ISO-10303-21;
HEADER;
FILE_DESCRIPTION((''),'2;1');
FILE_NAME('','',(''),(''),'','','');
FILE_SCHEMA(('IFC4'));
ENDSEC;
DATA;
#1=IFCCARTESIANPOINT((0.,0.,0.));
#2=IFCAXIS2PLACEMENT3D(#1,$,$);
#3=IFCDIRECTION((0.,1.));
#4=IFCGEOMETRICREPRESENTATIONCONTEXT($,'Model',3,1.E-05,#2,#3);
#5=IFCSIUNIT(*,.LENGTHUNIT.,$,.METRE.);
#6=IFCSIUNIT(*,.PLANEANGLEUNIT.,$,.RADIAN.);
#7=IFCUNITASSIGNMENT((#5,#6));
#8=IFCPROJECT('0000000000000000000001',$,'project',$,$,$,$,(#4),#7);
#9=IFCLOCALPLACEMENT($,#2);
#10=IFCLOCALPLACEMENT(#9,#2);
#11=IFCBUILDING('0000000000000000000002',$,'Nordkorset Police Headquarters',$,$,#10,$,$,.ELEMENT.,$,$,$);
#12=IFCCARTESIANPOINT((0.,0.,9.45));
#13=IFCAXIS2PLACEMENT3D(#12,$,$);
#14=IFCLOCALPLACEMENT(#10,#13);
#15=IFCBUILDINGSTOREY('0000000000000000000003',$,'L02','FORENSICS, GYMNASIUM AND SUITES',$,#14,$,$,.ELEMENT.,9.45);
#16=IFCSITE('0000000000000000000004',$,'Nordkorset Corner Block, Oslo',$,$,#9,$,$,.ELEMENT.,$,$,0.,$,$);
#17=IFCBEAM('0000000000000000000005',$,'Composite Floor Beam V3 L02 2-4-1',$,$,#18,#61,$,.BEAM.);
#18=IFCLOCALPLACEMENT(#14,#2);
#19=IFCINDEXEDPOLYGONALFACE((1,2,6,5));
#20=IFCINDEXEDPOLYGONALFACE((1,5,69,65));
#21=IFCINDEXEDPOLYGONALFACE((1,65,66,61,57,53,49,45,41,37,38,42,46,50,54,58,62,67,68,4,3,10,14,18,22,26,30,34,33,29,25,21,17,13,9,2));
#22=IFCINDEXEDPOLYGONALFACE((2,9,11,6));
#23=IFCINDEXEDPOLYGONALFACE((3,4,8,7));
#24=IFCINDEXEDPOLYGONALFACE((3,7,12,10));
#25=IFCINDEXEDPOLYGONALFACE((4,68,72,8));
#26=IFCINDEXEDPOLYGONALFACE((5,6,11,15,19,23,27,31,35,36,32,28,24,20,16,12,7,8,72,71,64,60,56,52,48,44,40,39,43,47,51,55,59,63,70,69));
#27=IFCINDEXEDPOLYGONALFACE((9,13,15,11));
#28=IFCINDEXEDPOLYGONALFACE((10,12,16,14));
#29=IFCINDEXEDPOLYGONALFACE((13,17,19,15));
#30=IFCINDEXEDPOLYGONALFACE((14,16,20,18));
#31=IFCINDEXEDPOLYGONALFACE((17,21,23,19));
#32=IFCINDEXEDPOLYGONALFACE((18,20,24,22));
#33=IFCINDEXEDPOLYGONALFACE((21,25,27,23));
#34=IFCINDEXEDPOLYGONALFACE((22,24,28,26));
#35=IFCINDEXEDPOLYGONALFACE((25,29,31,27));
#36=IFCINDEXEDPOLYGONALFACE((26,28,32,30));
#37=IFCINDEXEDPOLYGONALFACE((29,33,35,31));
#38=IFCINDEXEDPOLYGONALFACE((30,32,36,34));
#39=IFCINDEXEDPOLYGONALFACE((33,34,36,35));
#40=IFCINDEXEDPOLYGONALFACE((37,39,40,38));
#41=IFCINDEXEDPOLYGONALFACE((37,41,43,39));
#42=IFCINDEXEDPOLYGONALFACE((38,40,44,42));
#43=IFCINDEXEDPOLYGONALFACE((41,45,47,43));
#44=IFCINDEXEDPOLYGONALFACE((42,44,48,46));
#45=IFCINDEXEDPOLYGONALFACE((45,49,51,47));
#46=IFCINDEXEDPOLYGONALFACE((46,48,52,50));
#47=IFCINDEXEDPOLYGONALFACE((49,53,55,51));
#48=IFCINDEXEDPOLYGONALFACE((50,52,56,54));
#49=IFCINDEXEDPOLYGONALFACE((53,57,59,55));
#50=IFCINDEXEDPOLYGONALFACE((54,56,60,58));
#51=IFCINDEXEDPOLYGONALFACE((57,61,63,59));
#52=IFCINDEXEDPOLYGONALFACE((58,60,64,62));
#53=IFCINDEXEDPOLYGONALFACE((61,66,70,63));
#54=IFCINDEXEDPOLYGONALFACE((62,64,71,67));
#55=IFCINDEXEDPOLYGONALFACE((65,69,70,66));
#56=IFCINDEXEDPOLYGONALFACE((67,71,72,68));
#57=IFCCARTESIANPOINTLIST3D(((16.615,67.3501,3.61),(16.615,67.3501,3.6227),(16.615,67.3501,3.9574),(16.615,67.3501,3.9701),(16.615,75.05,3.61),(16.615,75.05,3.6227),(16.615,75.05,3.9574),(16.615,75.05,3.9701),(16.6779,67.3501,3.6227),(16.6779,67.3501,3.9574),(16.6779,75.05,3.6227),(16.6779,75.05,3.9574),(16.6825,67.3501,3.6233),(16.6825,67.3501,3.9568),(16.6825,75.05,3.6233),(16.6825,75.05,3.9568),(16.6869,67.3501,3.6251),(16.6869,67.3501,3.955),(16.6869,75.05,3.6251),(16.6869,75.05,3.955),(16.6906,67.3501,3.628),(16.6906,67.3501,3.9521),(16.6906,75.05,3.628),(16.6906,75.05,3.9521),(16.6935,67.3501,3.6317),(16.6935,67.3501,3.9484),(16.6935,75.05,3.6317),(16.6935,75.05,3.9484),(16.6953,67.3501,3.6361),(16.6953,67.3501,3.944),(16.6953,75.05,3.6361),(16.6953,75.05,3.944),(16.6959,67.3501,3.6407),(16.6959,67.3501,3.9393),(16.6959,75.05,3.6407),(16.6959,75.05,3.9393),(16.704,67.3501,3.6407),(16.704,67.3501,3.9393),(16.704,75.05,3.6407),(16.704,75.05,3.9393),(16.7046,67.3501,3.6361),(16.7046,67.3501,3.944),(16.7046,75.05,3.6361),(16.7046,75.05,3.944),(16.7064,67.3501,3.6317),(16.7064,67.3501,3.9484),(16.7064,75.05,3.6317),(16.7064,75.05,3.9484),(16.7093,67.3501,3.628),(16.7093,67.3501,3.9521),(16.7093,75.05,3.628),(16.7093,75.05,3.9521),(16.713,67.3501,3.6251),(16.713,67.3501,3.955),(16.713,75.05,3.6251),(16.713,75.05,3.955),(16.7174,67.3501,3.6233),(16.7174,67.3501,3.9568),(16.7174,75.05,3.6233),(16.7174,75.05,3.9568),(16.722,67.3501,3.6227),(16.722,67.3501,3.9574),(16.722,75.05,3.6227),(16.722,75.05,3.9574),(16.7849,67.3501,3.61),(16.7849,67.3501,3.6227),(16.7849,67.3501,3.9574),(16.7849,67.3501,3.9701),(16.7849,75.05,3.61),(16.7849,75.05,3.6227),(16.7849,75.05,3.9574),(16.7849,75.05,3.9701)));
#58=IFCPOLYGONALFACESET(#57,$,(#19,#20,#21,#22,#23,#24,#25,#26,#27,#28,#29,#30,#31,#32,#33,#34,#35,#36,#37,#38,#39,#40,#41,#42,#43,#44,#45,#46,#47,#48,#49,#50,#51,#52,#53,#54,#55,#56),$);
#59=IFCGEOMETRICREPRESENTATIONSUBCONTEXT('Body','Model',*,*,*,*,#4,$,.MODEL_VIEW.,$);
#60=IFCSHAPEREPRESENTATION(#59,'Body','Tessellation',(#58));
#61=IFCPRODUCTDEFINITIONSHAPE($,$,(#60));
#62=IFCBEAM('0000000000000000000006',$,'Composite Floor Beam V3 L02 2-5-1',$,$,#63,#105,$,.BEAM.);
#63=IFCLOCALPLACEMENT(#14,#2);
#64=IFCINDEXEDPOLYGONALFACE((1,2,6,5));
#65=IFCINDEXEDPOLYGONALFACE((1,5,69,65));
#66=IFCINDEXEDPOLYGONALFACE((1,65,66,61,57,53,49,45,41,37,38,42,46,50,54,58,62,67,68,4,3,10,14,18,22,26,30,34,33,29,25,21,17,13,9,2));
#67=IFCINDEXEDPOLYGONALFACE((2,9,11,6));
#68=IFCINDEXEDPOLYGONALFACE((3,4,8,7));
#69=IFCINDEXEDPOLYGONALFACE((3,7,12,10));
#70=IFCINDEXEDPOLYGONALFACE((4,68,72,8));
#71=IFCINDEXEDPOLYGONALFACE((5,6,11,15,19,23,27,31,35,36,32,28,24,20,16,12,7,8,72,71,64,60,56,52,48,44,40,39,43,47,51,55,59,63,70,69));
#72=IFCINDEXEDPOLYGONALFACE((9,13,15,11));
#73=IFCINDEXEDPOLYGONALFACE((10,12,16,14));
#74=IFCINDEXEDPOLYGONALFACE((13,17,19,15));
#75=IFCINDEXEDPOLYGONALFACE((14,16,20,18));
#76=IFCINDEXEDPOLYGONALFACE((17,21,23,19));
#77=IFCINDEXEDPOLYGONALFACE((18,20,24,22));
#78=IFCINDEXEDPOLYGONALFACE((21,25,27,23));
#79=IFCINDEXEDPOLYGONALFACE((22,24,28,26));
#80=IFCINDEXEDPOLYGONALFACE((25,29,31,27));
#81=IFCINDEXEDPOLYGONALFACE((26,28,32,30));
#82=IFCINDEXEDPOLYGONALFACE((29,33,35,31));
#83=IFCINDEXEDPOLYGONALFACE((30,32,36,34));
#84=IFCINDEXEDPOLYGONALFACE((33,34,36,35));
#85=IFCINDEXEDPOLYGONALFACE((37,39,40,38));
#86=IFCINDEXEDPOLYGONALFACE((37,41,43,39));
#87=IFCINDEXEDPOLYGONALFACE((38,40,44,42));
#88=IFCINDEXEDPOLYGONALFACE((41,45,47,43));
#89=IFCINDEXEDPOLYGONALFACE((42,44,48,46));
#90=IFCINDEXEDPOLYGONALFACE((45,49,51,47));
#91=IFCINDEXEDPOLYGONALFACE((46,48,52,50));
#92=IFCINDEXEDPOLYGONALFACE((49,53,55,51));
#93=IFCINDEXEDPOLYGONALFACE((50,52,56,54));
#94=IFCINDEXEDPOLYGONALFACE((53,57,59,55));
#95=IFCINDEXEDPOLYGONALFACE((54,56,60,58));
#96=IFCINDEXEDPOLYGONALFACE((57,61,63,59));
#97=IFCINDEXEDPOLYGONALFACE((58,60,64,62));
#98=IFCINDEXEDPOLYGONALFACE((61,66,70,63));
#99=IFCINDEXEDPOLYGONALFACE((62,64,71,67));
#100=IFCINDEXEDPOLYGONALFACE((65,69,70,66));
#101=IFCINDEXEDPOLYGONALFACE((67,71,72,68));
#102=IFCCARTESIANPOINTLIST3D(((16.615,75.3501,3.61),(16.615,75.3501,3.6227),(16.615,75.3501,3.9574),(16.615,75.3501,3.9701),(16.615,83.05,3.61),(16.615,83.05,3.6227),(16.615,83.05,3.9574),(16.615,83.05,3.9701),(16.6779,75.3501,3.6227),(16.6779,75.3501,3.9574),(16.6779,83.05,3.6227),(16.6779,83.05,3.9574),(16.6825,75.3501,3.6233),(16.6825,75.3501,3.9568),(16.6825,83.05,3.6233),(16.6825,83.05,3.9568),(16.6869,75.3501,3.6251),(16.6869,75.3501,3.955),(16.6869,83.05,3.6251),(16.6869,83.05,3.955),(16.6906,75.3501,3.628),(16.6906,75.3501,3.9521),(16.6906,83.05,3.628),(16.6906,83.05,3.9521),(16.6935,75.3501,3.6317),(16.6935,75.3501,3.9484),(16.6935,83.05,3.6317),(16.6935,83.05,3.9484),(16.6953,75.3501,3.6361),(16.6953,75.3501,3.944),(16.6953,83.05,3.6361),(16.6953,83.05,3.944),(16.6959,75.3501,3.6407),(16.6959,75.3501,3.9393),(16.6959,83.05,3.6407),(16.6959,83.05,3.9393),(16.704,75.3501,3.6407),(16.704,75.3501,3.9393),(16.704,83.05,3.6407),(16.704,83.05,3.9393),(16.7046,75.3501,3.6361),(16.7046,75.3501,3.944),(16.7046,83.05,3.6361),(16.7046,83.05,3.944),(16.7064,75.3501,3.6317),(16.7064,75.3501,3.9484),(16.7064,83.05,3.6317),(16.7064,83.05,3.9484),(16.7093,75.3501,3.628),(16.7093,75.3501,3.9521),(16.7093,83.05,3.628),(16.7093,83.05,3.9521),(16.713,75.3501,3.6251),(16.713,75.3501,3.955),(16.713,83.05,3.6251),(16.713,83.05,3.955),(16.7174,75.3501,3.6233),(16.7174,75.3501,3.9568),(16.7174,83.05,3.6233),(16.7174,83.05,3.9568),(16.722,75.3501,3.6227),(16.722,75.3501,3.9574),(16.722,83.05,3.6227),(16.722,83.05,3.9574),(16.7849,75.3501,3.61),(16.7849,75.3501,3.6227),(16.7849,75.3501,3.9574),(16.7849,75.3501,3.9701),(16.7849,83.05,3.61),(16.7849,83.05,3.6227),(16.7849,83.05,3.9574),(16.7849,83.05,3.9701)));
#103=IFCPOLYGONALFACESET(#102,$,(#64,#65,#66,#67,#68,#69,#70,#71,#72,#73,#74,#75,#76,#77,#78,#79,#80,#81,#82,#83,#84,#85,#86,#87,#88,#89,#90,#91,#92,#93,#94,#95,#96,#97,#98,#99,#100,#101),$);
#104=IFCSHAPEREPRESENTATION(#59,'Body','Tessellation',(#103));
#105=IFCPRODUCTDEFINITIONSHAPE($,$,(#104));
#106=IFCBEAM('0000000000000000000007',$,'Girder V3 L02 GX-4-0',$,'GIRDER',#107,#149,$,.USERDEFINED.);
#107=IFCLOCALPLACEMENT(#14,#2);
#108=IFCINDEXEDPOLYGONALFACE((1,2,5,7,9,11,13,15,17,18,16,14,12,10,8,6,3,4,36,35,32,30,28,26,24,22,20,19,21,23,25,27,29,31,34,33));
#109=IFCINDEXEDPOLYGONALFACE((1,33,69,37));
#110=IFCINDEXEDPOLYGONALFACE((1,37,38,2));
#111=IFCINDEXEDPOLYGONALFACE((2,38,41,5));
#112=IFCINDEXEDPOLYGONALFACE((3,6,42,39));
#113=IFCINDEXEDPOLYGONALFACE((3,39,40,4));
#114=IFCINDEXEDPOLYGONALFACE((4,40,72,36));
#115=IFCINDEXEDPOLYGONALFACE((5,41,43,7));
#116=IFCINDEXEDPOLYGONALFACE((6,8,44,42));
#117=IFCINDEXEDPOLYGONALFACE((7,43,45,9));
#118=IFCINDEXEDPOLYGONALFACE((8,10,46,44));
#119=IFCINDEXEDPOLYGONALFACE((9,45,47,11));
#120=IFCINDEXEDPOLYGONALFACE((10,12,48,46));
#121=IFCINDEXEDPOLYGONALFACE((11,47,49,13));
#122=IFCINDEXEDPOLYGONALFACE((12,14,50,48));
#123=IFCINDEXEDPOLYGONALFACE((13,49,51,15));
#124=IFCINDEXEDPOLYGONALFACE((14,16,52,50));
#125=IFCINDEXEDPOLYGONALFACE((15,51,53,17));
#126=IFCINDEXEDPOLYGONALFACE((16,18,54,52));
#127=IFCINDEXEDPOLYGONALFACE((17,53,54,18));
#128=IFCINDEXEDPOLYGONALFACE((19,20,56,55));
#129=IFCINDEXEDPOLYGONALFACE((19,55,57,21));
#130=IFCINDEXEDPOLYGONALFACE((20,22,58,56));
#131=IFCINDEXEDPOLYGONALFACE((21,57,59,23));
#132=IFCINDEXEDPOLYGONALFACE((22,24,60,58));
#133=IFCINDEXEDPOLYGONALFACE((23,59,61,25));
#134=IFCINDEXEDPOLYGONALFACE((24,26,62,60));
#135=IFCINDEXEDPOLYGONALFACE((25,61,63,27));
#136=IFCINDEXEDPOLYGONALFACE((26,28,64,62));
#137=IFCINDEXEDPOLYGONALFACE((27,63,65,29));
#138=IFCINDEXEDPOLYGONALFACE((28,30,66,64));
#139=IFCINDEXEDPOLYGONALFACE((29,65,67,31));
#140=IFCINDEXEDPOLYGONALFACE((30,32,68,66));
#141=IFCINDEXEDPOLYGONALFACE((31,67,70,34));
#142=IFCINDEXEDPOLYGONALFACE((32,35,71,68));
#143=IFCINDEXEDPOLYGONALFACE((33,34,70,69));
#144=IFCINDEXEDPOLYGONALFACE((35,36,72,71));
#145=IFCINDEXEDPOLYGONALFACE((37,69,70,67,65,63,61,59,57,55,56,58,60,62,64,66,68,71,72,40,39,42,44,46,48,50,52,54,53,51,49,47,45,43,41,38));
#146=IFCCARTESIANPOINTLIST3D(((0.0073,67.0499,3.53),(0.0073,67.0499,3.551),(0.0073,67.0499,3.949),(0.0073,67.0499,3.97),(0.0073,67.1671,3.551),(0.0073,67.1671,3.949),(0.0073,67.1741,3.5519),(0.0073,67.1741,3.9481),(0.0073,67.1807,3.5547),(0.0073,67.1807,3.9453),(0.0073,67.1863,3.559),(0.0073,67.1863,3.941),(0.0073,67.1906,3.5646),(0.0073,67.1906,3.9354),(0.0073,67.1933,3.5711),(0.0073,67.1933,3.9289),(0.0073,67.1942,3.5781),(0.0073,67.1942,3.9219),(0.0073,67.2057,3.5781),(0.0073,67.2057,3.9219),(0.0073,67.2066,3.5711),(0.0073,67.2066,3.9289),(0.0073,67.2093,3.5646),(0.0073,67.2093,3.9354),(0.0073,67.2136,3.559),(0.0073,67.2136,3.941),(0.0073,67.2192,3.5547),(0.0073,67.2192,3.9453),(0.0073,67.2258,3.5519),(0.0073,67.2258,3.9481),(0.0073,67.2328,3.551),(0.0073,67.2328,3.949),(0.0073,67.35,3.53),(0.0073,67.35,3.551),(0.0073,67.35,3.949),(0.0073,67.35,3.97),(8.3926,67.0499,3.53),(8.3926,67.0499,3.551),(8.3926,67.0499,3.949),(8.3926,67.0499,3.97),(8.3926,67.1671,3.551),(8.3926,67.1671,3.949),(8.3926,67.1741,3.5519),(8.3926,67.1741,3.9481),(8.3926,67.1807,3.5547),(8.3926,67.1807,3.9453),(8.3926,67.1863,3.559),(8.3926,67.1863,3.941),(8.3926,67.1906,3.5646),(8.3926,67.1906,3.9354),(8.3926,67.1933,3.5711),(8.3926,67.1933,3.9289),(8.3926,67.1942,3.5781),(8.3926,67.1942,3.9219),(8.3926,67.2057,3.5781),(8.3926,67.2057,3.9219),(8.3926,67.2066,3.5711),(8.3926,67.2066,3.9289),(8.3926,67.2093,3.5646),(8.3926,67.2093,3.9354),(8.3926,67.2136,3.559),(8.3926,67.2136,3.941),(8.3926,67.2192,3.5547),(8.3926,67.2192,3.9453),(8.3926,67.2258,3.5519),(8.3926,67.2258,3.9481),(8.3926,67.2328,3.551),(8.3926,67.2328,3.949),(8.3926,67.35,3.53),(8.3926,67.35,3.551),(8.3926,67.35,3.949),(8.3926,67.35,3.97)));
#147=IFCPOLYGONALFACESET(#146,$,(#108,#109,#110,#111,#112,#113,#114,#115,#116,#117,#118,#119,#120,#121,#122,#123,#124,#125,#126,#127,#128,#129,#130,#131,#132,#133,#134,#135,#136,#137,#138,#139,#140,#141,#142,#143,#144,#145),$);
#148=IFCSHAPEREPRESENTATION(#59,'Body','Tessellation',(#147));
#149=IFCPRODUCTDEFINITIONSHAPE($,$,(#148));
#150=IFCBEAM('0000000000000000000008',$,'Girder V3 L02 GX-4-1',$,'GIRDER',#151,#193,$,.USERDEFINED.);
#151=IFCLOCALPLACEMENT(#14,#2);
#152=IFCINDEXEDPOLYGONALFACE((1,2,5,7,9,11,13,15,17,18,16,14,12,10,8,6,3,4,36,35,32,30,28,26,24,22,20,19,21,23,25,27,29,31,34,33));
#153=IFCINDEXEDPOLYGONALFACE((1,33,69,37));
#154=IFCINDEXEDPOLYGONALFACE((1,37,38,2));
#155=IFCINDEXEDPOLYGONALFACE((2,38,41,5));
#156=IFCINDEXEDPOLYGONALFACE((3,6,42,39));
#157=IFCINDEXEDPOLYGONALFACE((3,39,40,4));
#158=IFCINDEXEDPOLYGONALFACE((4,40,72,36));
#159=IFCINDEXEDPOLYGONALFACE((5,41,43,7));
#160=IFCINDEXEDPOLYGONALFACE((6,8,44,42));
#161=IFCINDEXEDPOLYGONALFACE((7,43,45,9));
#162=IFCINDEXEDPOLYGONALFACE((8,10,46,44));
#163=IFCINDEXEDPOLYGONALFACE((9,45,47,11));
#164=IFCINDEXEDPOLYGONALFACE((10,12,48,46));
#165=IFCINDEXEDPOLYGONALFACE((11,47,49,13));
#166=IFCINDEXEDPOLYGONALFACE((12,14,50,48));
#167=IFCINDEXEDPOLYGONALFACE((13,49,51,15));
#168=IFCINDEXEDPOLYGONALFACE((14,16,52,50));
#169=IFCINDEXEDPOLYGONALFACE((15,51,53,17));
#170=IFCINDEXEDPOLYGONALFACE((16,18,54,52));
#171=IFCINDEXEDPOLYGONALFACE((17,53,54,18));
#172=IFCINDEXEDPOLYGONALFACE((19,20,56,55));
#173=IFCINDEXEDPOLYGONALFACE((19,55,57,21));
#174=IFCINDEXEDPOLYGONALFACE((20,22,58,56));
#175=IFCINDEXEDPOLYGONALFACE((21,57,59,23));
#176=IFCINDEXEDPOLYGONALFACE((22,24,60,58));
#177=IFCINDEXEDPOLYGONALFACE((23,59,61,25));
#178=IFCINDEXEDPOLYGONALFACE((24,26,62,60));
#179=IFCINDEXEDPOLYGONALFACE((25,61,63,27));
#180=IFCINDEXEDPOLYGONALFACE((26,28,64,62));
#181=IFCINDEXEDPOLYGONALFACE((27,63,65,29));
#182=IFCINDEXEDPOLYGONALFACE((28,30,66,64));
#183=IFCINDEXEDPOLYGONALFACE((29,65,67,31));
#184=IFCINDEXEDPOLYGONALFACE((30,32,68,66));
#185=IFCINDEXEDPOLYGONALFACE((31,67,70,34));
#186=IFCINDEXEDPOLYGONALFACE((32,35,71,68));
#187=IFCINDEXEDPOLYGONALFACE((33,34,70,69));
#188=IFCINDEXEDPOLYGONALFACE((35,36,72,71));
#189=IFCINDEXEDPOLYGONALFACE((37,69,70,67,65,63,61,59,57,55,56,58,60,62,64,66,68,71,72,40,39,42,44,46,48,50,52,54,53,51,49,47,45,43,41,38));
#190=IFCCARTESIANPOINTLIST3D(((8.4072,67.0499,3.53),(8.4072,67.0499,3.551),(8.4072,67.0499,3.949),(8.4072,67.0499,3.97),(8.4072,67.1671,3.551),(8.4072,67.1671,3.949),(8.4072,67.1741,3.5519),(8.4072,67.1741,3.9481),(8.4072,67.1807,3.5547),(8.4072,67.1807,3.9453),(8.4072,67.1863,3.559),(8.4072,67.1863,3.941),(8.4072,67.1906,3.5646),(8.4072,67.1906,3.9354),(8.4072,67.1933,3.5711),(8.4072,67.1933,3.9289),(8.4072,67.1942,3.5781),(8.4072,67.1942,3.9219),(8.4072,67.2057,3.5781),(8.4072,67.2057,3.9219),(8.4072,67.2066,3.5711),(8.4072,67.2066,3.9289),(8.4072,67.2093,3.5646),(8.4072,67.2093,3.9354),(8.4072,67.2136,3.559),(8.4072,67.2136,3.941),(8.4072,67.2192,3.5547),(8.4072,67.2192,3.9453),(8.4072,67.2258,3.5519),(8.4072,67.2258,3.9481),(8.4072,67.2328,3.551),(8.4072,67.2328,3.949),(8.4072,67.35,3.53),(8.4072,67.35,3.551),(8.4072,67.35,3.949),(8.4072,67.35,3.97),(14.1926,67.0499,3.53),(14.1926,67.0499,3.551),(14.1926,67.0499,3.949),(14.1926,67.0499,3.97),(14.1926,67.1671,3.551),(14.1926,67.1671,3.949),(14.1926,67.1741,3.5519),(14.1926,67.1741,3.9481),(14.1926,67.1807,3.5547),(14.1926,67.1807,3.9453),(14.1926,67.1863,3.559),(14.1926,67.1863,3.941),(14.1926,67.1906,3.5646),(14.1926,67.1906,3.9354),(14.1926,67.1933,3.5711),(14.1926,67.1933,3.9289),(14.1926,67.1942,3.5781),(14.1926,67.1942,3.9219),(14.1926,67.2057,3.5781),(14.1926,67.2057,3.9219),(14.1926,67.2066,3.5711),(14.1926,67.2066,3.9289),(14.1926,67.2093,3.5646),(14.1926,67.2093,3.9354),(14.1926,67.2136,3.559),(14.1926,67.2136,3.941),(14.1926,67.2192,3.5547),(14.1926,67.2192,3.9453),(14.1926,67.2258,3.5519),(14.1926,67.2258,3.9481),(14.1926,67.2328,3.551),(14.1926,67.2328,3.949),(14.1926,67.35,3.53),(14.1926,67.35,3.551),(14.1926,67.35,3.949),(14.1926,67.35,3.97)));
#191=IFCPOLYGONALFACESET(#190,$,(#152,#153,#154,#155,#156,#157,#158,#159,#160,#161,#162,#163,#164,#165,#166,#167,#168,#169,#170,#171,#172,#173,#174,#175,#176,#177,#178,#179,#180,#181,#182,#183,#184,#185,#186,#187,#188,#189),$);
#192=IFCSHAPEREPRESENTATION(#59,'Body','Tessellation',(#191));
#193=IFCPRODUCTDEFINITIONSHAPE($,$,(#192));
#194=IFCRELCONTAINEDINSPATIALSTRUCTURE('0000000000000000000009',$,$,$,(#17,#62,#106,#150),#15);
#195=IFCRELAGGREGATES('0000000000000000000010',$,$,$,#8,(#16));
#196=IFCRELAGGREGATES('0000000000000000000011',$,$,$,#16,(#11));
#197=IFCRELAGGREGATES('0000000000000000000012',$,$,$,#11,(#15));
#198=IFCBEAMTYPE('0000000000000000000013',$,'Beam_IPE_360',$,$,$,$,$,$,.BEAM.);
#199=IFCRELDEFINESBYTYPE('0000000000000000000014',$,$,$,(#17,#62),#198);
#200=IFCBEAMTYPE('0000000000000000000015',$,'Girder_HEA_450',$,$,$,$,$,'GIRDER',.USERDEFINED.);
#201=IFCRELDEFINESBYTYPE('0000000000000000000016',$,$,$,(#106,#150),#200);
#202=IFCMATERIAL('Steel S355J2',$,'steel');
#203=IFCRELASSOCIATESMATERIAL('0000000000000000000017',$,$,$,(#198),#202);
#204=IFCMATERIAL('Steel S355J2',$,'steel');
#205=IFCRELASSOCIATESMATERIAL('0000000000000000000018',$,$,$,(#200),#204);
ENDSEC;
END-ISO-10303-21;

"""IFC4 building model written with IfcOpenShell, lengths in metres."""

from ifc_helpers import new_model, si_unit, direction, frame, origin, origin_2d, place, context, subcontext, project, spatial, i_section, extrude, material, material_profile, profile_set, type_object, element, save


model = new_model("IFC4")

# Units and contexts
model_context = context("Model", 3, precision=1e-05, world=origin(), true_north=direction((0.0, 1.0)))
body_context = subcontext(model_context, "Body", "Model", "MODEL_VIEW")
ifc_project = project(units=[si_unit("LENGTHUNIT", "METRE"), si_unit("PLANEANGLEUNIT", "RADIAN")], contexts=[model_context])

# Site, building, storey
site_placement = place(None, origin())
site = spatial("IfcSite", under=ifc_project, at=site_placement, Name="Nordkorset Corner Block, Oslo", CompositionType="ELEMENT", RefElevation=0.0)
building_placement = place(site_placement, origin())
building = spatial("IfcBuilding", under=site, at=building_placement, Name="Nordkorset Police Headquarters", CompositionType="ELEMENT")
storey_placement = place(building_placement, frame((0.0, 0.0, 9.45)))
storey = spatial("IfcBuildingStorey", under=building, at=storey_placement, Name="L02", Description="FORENSICS, GYMNASIUM AND SUITES", CompositionType="ELEMENT", Elevation=9.45)

# Beams
ifc_material_1 = material(Name="Steel S355J2", Category="steel")
ifc_material_profile_1 = material_profile(ifc_material_1, i_section(OverallWidth=0.1699, OverallDepth=0.3601, WebThickness=0.0081, FlangeThickness=0.0127, FilletRadius=0.0181, at=origin_2d()), Name="IPE 360")
ifc_profile_set_1 = profile_set([ifc_material_profile_1], Name="Steel S355J2")
beam_type_1 = type_object("IfcBeamType", Name="Beam_IPE_360", PredefinedType="BEAM", material=ifc_profile_set_1)
for number, where, z_axis, x_axis, name in (
    (1, (16.7, 67.3501, 3.79), (0.0, 1.0, 0.0), (-1.0, 0.0, 0.0), "Composite Floor Beam V3 L02 2-4-1"),
    (2, (16.7, 75.3501, 3.79), (0.0, 1.0, 0.0), (-1.0, 0.0, 0.0), "Composite Floor Beam V3 L02 2-5-1"),
):
    element("IfcBeam", number, at=place(storey_placement, frame(where, z_axis=z_axis, x_axis=x_axis)), inside=storey, type_object=beam_type_1, Name=name, PredefinedType="BEAM", context=body_context, shape_type="SweptSolid", body=[
        extrude(i_section(OverallWidth=0.1699, OverallDepth=0.3601, WebThickness=0.0081, FlangeThickness=0.0127, FilletRadius=0.0181, at=origin_2d()), origin(), (0.0, 0.0, 1.0), 7.7),
    ])
ifc_material_2 = material(Name="Steel S355J2", Category="steel")
ifc_material_profile_2 = material_profile(ifc_material_2, i_section(OverallWidth=0.3, OverallDepth=0.4399, WebThickness=0.0115, FlangeThickness=0.021, FilletRadius=0.0271, at=origin_2d()), Name="HEA 450")
ifc_profile_set_2 = profile_set([ifc_material_profile_2], Name="Steel S355J2")
beam_type_2 = type_object("IfcBeamType", Name="Girder_HEA_450", ElementType="GIRDER", PredefinedType="USERDEFINED", material=ifc_profile_set_2)
beam_1_placement = place(storey_placement, frame((0.0073, 67.2, 3.75), z_axis=(1.0, 0.0, 0.0), x_axis=(0.0, 1.0, 0.0)))
element("IfcBeam", 3, at=beam_1_placement, inside=storey, type_object=beam_type_2, Name="Girder V3 L02 GX-4-0", ObjectType="GIRDER", PredefinedType="USERDEFINED", context=body_context, shape_type="SweptSolid", body=[
    extrude(i_section(OverallWidth=0.3, OverallDepth=0.4399, WebThickness=0.0115, FlangeThickness=0.021, FilletRadius=0.0271, at=origin_2d()), origin(), (0.0, 0.0, 1.0), 8.3853),
])
beam_2_placement = place(storey_placement, frame((8.4072, 67.2, 3.75), z_axis=(1.0, 0.0, 0.0), x_axis=(0.0, 1.0, 0.0)))
element("IfcBeam", 4, at=beam_2_placement, inside=storey, type_object=beam_type_2, Name="Girder V3 L02 GX-4-1", ObjectType="GIRDER", PredefinedType="USERDEFINED", context=body_context, shape_type="SweptSolid", body=[
    extrude(i_section(OverallWidth=0.3, OverallDepth=0.4399, WebThickness=0.0115, FlangeThickness=0.021, FilletRadius=0.0271, at=origin_2d()), origin(), (0.0, 0.0, 1.0), 5.7854),
])

save(model, "model.ifc")
